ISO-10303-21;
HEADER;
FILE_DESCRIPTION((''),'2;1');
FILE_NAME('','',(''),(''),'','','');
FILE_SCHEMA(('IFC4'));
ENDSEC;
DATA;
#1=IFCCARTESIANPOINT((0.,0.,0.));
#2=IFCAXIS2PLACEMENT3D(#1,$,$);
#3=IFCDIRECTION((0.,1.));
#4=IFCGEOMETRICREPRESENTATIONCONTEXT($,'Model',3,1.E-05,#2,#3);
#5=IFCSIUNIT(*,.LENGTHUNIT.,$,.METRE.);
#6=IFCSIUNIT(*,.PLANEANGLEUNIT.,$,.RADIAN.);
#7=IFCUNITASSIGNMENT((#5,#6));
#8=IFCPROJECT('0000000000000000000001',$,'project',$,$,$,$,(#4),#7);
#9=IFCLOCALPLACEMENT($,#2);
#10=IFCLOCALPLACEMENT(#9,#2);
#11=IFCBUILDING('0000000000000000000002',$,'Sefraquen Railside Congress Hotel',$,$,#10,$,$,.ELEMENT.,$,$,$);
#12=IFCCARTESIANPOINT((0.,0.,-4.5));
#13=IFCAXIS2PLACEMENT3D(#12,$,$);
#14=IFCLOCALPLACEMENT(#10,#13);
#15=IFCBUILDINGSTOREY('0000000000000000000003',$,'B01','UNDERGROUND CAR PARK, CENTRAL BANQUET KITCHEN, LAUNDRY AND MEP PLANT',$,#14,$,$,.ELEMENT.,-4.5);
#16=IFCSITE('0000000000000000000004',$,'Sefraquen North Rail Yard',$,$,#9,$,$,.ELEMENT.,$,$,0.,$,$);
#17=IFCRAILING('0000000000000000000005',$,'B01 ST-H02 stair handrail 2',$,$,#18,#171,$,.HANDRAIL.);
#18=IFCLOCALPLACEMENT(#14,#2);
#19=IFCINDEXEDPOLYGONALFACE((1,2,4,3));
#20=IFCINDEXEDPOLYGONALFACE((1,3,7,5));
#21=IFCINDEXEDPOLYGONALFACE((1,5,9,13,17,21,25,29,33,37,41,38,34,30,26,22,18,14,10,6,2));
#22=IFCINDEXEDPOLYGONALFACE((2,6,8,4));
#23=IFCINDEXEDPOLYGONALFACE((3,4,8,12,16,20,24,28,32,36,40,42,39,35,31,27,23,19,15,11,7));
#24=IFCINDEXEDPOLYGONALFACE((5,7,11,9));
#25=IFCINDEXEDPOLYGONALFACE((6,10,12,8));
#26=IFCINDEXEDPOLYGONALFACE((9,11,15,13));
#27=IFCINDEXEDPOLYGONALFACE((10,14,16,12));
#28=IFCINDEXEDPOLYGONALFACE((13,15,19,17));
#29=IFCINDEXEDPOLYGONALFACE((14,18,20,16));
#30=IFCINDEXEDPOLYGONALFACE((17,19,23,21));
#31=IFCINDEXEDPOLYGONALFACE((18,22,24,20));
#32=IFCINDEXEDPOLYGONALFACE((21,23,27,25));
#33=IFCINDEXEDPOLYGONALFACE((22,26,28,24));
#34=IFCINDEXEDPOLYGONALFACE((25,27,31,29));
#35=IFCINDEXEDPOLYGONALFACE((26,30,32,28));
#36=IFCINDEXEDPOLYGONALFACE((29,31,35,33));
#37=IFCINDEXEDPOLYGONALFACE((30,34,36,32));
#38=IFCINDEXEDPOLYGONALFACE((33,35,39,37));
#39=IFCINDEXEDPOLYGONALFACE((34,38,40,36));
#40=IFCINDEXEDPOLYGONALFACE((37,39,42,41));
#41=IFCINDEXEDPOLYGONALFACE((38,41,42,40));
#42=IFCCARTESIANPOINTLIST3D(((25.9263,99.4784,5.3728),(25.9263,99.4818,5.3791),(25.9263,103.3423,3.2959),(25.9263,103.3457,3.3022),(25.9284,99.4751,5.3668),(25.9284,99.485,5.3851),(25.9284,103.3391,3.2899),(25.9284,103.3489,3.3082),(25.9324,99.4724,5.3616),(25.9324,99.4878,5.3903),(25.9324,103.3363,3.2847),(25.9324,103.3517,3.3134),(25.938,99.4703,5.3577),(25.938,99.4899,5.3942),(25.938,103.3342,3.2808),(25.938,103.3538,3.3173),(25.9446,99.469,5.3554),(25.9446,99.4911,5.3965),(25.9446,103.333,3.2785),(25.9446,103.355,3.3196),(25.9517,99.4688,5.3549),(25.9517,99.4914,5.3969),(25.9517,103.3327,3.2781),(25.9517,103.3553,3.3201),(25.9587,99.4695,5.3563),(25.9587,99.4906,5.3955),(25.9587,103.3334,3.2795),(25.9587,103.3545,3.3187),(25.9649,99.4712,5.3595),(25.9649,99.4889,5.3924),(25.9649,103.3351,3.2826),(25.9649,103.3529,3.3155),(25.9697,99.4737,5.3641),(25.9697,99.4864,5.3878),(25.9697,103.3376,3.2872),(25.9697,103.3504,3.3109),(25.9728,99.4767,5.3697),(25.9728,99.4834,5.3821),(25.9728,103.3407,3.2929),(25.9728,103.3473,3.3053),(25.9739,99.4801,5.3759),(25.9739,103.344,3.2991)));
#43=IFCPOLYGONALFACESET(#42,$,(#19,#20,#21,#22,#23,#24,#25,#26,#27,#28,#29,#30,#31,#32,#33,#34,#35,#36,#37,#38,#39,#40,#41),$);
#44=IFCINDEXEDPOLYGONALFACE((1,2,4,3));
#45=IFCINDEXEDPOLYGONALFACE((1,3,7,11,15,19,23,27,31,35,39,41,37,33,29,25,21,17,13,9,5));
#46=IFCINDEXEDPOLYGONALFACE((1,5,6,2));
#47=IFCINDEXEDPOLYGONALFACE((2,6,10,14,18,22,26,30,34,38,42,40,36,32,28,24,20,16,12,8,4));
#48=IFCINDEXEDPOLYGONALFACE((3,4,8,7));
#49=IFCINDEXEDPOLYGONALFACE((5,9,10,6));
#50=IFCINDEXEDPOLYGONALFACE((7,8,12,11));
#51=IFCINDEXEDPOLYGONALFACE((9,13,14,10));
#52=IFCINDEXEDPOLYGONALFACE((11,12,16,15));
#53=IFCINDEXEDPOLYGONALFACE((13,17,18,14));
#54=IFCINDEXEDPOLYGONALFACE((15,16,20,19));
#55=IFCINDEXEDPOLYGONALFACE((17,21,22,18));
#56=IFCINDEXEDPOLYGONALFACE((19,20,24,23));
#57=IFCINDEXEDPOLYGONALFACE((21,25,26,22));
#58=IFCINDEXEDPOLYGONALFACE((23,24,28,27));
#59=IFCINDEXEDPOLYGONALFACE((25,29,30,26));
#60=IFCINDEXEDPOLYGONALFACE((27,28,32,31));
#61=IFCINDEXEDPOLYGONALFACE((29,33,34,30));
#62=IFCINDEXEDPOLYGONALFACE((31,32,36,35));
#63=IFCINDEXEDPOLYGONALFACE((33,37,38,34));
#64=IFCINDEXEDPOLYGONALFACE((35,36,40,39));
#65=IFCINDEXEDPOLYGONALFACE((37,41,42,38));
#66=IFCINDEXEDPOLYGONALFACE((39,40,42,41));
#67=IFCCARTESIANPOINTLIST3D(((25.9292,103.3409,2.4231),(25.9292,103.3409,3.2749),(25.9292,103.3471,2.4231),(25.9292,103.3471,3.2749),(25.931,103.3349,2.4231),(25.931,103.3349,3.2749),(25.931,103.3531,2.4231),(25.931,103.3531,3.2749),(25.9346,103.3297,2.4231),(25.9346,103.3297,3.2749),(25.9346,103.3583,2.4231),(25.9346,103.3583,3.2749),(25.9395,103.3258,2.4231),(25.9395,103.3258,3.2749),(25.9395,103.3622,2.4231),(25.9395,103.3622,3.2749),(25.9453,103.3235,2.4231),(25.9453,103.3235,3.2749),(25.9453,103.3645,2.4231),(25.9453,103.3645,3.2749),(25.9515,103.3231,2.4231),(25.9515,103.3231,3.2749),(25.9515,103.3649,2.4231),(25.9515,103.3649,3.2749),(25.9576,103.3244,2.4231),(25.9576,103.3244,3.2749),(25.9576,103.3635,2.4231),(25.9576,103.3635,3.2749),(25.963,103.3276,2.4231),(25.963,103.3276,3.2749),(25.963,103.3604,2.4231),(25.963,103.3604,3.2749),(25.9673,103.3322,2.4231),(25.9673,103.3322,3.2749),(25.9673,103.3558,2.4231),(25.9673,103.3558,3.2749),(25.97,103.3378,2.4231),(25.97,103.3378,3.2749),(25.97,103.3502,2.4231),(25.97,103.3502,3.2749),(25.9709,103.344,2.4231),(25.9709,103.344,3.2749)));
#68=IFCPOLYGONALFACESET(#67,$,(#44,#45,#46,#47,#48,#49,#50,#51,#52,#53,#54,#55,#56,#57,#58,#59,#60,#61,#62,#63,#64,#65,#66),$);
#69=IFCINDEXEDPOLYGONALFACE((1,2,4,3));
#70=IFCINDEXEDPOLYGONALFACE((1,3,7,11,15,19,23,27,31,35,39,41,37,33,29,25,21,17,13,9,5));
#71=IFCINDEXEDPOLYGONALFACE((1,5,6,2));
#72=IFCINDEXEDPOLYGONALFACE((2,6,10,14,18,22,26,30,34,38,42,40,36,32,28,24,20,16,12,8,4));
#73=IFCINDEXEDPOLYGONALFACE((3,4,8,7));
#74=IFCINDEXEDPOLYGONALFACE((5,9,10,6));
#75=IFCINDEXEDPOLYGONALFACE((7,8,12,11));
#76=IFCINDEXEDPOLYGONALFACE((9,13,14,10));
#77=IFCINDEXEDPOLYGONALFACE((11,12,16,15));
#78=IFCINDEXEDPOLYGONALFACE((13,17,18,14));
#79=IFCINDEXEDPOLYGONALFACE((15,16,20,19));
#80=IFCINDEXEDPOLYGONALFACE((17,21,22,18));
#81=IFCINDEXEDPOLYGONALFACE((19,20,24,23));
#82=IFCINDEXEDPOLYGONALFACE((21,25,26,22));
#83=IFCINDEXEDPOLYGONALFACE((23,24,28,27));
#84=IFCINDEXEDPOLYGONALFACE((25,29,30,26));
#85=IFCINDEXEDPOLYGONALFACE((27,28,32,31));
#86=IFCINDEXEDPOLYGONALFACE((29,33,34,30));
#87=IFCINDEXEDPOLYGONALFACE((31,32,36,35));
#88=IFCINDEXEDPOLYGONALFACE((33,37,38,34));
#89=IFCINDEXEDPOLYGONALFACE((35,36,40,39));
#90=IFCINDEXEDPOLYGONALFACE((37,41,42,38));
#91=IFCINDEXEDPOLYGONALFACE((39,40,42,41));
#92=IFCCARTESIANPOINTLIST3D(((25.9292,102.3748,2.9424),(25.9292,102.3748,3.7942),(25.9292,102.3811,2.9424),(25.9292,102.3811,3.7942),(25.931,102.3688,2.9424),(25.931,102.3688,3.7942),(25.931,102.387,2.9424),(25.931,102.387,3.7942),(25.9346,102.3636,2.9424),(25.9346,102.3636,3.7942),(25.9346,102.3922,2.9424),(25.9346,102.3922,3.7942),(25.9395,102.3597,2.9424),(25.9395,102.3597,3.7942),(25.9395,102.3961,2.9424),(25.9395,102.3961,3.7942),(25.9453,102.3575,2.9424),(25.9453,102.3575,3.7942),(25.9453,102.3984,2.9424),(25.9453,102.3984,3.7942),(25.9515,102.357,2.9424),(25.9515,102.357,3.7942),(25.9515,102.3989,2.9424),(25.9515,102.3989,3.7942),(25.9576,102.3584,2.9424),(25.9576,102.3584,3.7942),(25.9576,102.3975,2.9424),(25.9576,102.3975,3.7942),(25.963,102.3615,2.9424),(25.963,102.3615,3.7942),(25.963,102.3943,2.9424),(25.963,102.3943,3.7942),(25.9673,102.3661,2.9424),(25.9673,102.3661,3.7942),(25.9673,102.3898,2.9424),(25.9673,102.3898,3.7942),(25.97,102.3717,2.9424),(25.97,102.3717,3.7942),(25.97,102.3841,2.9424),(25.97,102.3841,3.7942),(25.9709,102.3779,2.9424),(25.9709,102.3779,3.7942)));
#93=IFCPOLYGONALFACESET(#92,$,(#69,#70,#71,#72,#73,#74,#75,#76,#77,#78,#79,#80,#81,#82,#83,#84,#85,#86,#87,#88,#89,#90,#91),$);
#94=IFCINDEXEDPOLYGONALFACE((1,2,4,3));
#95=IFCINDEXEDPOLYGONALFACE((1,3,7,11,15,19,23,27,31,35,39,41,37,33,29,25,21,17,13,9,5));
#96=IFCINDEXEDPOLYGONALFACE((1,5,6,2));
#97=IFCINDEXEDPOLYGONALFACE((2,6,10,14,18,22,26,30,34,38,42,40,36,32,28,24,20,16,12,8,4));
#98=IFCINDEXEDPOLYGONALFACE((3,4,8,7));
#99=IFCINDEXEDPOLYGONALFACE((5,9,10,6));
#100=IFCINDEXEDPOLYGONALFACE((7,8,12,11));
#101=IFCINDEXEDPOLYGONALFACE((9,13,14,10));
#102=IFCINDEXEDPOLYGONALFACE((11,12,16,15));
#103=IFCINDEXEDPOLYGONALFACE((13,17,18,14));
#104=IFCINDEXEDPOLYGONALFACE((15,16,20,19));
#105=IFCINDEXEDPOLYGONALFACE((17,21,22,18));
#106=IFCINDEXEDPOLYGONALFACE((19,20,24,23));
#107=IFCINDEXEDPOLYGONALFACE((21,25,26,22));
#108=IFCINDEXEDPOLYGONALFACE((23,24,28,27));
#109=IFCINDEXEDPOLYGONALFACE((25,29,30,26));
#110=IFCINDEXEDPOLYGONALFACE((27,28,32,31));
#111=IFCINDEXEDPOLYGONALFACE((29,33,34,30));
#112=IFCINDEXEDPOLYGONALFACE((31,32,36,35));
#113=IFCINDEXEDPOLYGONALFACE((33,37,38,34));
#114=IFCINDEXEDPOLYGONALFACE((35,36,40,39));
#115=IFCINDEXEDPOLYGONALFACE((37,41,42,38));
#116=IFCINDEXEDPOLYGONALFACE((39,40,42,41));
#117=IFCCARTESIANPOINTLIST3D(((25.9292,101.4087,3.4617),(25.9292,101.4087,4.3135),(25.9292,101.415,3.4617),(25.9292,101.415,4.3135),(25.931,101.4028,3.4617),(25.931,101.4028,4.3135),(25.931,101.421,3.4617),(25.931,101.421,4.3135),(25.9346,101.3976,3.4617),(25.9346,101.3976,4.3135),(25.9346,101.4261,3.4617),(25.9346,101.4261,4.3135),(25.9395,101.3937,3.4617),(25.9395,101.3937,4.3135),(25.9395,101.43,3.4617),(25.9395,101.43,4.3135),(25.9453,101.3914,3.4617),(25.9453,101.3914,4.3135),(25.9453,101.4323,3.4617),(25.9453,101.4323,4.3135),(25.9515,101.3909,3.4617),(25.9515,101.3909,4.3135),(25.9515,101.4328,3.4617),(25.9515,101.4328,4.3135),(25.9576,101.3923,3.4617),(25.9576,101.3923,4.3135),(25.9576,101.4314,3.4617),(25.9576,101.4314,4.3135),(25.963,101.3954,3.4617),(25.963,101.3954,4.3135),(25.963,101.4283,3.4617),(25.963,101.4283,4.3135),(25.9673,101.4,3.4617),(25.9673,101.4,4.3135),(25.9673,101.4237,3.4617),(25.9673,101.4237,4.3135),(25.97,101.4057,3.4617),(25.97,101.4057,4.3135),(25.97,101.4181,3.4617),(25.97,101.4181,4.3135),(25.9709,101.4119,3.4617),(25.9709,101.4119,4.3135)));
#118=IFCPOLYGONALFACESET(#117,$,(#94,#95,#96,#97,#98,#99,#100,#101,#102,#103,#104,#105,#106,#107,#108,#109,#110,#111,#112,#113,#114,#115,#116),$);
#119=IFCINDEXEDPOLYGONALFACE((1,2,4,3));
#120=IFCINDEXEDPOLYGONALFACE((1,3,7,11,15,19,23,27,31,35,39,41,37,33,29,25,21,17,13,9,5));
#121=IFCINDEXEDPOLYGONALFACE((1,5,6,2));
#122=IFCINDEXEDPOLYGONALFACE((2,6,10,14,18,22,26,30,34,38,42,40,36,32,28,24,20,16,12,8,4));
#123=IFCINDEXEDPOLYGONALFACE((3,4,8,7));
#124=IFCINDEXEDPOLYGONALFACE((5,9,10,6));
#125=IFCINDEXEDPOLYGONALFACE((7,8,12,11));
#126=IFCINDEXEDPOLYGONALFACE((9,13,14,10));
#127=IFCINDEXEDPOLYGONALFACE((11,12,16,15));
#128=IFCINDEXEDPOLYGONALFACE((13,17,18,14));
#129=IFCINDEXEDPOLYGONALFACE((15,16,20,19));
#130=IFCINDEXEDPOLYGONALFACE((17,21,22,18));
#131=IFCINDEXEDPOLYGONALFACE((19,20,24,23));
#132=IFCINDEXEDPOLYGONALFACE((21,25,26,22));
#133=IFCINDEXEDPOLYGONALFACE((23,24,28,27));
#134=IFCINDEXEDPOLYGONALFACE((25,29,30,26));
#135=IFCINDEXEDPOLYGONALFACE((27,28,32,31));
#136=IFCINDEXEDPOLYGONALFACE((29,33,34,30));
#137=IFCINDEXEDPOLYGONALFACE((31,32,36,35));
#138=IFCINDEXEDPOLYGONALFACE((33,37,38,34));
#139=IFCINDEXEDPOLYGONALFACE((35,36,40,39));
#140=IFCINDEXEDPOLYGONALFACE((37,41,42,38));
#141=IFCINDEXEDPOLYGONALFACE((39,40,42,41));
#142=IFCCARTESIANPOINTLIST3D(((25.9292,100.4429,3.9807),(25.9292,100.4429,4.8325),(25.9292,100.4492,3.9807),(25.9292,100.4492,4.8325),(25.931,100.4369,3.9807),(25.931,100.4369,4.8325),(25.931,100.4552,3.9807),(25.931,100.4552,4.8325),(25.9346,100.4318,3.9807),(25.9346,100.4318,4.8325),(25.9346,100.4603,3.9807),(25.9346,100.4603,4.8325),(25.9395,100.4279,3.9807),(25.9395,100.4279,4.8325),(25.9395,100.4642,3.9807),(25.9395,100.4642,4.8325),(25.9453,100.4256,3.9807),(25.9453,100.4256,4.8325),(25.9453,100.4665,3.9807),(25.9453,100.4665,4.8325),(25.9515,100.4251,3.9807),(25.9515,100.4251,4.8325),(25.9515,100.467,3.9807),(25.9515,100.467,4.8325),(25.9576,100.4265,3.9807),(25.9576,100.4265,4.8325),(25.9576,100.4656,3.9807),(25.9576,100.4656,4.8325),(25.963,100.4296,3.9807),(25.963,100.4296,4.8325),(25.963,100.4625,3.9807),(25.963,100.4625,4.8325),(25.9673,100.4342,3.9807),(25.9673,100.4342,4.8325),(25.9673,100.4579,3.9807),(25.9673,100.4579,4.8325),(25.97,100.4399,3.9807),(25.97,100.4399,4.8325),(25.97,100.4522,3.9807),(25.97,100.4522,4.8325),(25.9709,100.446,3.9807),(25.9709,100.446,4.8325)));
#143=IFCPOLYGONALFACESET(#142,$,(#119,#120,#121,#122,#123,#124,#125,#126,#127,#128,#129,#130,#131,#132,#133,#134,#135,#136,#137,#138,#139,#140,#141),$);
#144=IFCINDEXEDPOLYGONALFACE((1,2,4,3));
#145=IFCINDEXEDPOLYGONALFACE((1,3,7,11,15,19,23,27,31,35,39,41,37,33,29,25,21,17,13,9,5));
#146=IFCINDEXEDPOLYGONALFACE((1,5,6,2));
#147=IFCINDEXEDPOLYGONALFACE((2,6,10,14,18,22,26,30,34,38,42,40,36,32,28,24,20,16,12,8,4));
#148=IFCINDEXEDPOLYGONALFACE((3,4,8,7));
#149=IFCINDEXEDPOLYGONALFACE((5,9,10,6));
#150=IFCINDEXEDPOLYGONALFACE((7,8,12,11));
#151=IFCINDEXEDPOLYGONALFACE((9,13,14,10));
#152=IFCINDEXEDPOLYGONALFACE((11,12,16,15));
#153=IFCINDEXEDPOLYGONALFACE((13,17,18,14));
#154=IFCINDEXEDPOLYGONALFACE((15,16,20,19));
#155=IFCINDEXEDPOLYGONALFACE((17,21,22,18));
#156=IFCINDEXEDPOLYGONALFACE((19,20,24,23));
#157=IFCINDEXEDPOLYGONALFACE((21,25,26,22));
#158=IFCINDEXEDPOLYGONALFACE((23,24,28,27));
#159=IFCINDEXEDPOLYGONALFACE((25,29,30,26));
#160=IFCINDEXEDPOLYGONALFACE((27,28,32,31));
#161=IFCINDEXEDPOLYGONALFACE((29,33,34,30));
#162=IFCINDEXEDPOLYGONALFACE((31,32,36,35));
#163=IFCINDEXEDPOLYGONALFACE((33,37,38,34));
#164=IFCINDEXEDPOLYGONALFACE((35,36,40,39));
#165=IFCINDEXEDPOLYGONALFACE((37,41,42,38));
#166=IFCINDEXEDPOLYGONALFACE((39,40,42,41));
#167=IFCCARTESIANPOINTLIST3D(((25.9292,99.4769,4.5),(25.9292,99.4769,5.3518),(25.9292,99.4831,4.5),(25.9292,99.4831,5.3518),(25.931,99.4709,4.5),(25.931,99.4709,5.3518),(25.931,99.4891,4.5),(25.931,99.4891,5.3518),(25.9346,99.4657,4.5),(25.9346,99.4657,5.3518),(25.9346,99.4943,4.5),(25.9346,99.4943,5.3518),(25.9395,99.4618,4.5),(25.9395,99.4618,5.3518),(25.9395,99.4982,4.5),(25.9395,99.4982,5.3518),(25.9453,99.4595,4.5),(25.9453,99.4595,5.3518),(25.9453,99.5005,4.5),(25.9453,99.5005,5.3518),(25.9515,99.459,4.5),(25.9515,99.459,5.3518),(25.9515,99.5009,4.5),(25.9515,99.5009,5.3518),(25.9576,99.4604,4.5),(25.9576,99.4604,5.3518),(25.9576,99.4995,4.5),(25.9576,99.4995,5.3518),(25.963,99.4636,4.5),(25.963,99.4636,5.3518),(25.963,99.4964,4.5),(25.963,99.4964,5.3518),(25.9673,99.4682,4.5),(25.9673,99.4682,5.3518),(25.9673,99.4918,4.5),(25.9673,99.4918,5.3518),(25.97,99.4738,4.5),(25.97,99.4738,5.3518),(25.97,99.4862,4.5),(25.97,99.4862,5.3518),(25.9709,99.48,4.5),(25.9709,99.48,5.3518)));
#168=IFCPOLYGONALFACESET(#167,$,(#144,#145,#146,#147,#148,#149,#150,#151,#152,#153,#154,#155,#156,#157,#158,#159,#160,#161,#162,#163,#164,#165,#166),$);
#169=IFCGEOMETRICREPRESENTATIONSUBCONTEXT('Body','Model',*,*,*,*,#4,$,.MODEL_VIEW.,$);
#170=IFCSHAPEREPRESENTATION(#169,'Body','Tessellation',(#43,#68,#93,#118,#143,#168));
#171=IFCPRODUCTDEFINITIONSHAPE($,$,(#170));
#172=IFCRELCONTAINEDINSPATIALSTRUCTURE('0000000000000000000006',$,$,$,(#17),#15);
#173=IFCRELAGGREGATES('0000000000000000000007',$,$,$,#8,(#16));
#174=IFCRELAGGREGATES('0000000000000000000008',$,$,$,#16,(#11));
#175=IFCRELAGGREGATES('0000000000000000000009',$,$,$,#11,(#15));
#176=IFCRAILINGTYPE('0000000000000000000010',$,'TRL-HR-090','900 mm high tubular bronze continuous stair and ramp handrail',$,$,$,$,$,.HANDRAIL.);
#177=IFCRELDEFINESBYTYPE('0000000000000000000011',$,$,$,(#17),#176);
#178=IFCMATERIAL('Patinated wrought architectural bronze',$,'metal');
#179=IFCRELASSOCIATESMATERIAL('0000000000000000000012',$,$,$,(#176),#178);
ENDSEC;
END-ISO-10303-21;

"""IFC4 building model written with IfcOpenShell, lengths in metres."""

from ifc_helpers import new_model, si_unit, direction, frame, origin, origin_2d, place, context, subcontext, project, spatial, circle, extrude, material, type_object, element, save


model = new_model("IFC4")

# Units and contexts
model_context = context("Model", 3, precision=1e-05, world=origin(), true_north=direction((0.0, 1.0)))
body_context = subcontext(model_context, "Body", "Model", "MODEL_VIEW")
ifc_project = project(units=[si_unit("LENGTHUNIT", "METRE"), si_unit("PLANEANGLEUNIT", "RADIAN")], contexts=[model_context])

# Site, building, storey
site_placement = place(None, origin())
site = spatial("IfcSite", under=ifc_project, at=site_placement, Name="Sefraquen North Rail Yard", CompositionType="ELEMENT", RefElevation=0.0)
building_placement = place(site_placement, origin())
building = spatial("IfcBuilding", under=site, at=building_placement, Name="Sefraquen Railside Congress Hotel", CompositionType="ELEMENT")
storey_placement = place(building_placement, frame((0.0, 0.0, -4.5)))
storey = spatial("IfcBuildingStorey", under=building, at=storey_placement, Name="B01", Description="UNDERGROUND CAR PARK, CENTRAL BANQUET KITCHEN, LAUNDRY AND MEP PLANT", CompositionType="ELEMENT", Elevation=-4.5)

# Railing
ifc_material_1 = material(Name="Patinated wrought architectural bronze", Category="metal")
railing_type_1 = type_object("IfcRailingType", Name="TRL-HR-090", Description="900 mm high tubular bronze continuous stair and ramp handrail", PredefinedType="HANDRAIL", material=ifc_material_1)
railing_1_placement = place(storey_placement, frame((25.95, 103.344, 2.4231)))
element("IfcRailing", 1, at=railing_1_placement, inside=storey, type_object=railing_type_1, Name="B01 ST-H02 stair handrail 2", PredefinedType="HANDRAIL", context=body_context, shape_type="SweptSolid", body=[
    extrude(circle(Radius=0.0239, at=origin_2d()), frame((0.0, 0.0, 0.876), z_axis=(0.0, -0.880825, 0.473443), x_axis=(1.0, 0.0, 0.0)), (0.0, 0.0, 1.0), 4.3867),
    extrude(circle(Radius=0.021, at=origin_2d()), origin(), (0.0, 0.0, 1.0), 0.8518),
    extrude(circle(Radius=0.021, at=origin_2d()), frame((0.0, -0.9661, 0.5193)), (0.0, 0.0, 1.0), 0.8518),
    extrude(circle(Radius=0.021, at=origin_2d()), frame((0.0, -1.9321, 1.0386)), (0.0, 0.0, 1.0), 0.8518),
    extrude(circle(Radius=0.021, at=origin_2d()), frame((0.0, -2.8979, 1.5576)), (0.0, 0.0, 1.0), 0.8518),
    extrude(circle(Radius=0.021, at=origin_2d()), frame((0.0, -3.864, 2.0769)), (0.0, 0.0, 1.0), 0.8518),
])

save(model, "model.ifc")
